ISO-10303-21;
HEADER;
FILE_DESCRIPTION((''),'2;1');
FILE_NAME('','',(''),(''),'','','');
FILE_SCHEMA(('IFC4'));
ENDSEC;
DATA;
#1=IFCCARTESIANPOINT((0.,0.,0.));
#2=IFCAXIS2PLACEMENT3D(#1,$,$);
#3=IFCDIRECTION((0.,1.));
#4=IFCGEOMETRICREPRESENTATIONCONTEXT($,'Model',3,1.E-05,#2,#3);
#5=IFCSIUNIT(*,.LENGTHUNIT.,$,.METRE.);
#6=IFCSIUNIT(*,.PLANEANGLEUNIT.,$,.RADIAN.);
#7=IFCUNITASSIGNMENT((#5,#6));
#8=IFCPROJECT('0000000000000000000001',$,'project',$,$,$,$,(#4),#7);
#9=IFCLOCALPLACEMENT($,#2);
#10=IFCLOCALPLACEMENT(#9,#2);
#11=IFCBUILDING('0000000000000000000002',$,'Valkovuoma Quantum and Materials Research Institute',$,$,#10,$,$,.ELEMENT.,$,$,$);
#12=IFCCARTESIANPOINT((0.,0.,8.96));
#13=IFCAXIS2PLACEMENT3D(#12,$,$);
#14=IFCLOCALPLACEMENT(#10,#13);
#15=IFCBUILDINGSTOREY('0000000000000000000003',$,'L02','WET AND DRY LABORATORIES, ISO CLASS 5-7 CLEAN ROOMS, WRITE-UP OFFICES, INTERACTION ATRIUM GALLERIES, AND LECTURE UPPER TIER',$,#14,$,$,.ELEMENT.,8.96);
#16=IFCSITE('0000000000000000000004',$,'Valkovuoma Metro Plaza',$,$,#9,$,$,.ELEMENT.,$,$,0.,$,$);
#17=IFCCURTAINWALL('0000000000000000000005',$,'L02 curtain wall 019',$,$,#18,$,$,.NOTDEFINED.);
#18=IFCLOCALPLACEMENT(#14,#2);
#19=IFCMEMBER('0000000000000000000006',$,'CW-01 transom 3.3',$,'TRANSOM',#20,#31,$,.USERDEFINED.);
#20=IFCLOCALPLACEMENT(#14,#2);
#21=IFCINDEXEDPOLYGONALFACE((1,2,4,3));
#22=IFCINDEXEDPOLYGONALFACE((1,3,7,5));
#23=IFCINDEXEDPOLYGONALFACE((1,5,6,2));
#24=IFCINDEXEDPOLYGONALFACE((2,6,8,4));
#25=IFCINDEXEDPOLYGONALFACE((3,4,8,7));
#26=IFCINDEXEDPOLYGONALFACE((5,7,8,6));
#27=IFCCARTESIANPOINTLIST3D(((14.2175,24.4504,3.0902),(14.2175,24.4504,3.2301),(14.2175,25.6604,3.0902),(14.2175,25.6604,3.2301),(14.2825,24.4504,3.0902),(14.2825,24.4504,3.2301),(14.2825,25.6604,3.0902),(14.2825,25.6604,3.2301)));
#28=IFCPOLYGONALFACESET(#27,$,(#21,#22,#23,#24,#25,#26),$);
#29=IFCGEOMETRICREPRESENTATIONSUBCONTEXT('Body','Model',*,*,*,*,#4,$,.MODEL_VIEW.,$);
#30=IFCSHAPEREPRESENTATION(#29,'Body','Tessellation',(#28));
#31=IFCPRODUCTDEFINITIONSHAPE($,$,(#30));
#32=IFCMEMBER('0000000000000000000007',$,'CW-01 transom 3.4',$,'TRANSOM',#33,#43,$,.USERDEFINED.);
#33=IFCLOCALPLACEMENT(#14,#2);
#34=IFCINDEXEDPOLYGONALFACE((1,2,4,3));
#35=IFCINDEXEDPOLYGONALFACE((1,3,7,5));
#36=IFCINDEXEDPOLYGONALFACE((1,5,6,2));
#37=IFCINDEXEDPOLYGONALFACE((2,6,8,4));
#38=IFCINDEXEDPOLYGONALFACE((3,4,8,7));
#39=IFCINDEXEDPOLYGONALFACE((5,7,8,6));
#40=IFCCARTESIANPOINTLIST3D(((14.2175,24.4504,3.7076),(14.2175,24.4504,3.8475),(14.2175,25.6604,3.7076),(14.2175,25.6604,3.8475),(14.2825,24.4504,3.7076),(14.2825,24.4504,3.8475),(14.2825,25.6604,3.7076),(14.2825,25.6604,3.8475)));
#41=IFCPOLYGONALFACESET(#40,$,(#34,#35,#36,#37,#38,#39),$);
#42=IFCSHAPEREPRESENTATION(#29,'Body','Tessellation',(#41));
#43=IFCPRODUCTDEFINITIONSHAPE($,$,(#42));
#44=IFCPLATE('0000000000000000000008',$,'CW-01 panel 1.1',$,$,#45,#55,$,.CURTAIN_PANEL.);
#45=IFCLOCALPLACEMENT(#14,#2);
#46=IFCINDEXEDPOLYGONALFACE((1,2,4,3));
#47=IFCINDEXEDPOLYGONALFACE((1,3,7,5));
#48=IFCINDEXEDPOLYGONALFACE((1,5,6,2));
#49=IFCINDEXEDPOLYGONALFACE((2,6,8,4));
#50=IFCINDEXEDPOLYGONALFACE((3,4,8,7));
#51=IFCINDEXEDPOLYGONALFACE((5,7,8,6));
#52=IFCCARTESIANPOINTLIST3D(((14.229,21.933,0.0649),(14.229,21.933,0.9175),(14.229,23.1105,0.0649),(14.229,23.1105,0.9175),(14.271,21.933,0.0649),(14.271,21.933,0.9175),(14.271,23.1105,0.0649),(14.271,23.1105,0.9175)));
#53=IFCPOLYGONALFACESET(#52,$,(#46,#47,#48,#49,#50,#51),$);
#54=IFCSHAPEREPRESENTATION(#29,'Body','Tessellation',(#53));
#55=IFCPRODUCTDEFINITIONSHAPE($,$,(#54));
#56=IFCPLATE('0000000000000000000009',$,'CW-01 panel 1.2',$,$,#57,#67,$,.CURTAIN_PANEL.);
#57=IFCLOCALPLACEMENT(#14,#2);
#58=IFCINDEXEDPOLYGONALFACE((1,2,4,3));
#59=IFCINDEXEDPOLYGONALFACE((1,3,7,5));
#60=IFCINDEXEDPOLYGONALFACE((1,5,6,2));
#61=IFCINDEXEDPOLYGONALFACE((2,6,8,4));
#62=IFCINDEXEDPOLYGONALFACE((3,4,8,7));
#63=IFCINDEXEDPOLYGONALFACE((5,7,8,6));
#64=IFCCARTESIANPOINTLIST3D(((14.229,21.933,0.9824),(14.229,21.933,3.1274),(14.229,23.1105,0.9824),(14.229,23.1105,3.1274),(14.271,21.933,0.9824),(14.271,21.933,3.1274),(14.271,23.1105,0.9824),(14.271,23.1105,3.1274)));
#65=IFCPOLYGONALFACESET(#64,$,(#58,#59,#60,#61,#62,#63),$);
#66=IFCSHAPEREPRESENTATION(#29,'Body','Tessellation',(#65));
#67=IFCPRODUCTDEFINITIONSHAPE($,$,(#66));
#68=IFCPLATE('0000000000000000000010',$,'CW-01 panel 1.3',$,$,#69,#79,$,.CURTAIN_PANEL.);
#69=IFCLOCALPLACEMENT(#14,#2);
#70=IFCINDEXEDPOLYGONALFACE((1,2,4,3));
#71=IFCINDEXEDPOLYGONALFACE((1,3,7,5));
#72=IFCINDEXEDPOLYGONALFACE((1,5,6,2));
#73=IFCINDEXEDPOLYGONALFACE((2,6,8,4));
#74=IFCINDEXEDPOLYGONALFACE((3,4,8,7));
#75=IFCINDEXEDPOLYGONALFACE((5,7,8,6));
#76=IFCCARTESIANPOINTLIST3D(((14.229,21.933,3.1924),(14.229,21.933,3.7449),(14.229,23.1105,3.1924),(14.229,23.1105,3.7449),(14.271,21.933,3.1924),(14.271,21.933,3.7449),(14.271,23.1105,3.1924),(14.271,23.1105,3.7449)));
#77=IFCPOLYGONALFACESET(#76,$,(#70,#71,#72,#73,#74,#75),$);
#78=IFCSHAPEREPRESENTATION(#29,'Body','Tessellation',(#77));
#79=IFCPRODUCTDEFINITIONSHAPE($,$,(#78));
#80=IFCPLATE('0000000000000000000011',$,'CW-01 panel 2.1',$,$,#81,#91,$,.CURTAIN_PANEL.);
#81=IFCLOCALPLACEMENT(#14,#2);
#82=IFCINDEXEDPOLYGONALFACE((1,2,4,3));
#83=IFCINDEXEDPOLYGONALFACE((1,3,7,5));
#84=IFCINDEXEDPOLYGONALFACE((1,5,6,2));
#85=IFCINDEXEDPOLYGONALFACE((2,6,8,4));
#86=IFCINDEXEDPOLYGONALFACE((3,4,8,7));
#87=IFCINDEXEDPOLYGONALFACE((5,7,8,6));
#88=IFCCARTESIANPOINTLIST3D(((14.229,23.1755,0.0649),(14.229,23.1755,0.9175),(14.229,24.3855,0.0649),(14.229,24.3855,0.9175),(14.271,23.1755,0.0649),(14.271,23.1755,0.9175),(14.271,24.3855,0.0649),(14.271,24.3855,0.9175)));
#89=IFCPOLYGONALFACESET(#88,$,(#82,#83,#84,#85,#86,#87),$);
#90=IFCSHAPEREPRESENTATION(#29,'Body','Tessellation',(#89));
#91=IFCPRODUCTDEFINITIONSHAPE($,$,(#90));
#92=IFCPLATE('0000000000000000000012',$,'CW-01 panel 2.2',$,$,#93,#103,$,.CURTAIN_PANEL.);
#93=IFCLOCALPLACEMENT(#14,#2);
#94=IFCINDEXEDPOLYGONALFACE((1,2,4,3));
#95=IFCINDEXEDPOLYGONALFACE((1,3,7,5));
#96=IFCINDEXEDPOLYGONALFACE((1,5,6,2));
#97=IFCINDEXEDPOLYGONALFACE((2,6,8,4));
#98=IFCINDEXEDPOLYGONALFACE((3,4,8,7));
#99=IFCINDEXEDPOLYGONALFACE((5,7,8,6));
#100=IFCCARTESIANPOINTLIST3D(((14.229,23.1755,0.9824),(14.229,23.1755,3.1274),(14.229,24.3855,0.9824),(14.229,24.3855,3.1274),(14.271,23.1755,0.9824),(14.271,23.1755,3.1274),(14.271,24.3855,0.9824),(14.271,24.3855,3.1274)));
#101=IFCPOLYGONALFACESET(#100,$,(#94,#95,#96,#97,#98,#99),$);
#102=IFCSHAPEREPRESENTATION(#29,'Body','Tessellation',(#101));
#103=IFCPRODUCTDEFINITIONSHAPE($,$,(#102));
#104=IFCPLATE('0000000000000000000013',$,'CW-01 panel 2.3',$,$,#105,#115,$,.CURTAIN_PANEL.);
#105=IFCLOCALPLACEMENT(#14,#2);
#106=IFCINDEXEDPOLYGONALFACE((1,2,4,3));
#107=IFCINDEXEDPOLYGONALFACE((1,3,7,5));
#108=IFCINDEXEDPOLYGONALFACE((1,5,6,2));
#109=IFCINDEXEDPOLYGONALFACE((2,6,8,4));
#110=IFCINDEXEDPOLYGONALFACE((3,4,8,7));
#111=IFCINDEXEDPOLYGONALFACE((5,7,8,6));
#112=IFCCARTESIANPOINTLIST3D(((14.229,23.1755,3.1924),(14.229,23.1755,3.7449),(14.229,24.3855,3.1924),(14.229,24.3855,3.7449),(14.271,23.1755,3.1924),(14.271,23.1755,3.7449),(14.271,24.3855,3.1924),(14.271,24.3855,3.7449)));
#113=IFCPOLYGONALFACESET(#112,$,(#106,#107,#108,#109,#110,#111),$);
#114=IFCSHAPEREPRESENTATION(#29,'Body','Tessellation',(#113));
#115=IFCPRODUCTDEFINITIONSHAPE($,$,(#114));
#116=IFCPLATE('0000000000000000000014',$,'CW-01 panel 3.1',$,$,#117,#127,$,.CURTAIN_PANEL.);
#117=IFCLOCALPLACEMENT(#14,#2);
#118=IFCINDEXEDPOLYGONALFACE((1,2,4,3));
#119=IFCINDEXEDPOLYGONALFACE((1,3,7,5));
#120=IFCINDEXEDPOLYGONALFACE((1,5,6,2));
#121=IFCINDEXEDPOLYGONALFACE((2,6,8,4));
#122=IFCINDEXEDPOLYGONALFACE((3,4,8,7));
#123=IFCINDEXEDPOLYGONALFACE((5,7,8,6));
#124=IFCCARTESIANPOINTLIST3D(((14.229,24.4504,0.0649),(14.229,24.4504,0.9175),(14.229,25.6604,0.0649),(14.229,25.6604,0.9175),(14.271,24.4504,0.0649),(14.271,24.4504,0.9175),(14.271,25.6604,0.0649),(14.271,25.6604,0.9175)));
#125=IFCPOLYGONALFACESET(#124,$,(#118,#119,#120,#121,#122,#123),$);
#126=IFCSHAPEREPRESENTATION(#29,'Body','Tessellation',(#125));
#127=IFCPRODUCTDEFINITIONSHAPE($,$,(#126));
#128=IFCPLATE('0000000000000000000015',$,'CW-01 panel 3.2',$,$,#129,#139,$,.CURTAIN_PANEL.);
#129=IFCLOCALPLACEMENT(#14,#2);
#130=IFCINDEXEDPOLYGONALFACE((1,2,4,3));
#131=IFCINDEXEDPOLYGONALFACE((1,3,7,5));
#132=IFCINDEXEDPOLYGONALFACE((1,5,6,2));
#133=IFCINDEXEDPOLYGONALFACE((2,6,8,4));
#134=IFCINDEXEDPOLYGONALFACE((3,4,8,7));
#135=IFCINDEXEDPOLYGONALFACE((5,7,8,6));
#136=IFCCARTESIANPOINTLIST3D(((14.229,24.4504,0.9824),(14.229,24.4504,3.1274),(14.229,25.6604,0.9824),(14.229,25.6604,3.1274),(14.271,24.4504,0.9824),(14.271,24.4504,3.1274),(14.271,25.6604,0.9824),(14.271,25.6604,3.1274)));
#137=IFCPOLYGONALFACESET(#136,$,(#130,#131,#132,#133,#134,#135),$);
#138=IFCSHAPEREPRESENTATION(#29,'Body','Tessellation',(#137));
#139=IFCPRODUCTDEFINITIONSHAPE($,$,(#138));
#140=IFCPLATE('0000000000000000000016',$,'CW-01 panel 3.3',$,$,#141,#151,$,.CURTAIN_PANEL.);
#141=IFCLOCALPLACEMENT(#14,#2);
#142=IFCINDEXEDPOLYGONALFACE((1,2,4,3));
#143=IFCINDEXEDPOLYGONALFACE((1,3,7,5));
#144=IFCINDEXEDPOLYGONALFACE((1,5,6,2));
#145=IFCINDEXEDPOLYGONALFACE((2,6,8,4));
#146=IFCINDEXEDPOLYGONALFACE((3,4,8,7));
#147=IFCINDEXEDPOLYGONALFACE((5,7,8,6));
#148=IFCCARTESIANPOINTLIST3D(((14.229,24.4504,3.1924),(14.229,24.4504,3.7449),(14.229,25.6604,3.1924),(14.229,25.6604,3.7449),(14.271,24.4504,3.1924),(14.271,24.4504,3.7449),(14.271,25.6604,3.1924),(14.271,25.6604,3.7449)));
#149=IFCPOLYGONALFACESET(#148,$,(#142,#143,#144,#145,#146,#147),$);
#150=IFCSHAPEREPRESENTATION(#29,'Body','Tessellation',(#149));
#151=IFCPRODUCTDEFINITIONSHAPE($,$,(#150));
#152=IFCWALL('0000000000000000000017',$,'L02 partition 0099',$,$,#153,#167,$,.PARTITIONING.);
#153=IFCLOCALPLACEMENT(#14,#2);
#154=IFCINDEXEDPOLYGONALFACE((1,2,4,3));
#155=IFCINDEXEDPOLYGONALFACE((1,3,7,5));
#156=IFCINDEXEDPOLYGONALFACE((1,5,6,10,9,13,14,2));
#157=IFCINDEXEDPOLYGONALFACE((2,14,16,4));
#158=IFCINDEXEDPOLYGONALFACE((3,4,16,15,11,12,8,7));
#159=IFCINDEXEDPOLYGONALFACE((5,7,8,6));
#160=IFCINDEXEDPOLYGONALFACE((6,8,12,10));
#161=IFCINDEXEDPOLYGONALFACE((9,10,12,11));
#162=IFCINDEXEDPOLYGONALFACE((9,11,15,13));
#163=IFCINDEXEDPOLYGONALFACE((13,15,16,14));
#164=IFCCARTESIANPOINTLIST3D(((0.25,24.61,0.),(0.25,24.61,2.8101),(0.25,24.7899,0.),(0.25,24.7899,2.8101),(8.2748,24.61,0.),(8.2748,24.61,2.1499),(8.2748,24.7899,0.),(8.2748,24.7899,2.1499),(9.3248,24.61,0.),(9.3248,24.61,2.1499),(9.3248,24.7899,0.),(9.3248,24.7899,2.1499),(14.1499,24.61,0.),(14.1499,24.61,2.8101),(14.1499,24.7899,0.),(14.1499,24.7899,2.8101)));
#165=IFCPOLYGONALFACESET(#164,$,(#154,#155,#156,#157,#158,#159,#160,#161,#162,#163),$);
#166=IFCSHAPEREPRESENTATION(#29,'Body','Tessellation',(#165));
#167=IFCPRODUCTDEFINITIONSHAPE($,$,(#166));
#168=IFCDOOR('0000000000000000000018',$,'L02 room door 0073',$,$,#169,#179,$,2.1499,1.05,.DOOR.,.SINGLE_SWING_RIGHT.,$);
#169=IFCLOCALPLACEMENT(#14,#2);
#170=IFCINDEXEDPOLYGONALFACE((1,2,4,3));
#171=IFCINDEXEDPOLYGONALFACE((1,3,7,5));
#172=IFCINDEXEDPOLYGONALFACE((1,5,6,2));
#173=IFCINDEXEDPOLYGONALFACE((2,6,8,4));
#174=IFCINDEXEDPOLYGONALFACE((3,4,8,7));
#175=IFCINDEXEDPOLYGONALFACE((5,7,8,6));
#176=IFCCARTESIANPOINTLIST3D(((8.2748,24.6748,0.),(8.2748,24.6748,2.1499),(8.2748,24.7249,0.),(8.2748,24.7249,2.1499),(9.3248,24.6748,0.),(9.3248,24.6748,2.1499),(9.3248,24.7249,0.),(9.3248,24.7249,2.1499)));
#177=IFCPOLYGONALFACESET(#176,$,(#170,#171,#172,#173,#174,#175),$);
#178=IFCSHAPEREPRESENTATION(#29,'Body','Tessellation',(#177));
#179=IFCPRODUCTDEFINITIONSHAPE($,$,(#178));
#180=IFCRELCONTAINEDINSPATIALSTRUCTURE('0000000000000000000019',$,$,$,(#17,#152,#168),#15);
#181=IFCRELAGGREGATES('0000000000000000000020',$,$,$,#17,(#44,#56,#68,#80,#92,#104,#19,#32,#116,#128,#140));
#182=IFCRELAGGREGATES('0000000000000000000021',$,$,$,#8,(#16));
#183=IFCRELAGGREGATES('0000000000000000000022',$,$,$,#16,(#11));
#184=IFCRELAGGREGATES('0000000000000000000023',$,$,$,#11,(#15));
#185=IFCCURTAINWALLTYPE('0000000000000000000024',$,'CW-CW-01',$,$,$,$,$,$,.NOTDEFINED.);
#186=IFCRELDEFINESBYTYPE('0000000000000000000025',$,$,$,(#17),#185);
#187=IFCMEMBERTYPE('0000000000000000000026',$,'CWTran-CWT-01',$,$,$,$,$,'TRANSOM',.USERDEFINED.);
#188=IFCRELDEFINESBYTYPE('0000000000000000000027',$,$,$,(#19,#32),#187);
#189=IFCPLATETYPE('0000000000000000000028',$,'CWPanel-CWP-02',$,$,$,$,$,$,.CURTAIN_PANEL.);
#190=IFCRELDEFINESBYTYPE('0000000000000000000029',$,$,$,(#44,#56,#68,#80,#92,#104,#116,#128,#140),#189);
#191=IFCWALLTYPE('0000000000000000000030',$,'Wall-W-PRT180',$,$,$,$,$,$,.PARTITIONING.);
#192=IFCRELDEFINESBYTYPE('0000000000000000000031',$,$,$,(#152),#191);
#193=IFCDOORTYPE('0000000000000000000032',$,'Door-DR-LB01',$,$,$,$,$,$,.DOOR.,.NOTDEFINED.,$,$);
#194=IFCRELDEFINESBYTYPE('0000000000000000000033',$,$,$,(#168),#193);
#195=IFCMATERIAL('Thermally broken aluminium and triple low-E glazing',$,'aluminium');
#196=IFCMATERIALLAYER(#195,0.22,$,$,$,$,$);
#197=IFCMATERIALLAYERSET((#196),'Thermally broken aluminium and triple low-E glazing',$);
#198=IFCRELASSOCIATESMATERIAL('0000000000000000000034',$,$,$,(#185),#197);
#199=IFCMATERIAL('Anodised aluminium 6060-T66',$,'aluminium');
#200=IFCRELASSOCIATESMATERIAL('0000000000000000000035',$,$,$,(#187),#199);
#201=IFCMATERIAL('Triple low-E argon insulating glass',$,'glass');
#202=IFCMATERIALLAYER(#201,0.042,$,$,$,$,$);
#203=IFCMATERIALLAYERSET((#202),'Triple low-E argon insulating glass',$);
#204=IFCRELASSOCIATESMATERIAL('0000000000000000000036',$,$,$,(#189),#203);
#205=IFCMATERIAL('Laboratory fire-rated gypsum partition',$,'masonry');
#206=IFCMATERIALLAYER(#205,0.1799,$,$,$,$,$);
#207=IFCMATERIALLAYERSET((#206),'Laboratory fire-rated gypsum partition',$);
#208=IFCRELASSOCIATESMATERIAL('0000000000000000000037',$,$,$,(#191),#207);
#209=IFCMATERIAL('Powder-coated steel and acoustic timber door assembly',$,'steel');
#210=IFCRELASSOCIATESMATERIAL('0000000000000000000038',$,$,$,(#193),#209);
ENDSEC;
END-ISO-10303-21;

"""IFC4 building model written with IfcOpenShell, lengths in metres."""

from ifc_helpers import new_model, si_unit, direction, frame, frame_2d, origin, origin_2d, place, context, subcontext, project, spatial, rectangle, extrude, material, layer, layer_set, material_profile, profile_set, type_object, element, fill, aggregate, save


model = new_model("IFC4")

# Units and contexts
model_context = context("Model", 3, precision=1e-05, world=origin(), true_north=direction((0.0, 1.0)))
body_context = subcontext(model_context, "Body", "Model", "MODEL_VIEW")
ifc_project = project(units=[si_unit("LENGTHUNIT", "METRE"), si_unit("PLANEANGLEUNIT", "RADIAN")], contexts=[model_context])

# Site, building, storey
site_placement = place(None, origin())
site = spatial("IfcSite", under=ifc_project, at=site_placement, Name="Valkovuoma Metro Plaza", CompositionType="ELEMENT", RefElevation=0.0)
building_placement = place(site_placement, origin())
building = spatial("IfcBuilding", under=site, at=building_placement, Name="Valkovuoma Quantum and Materials Research Institute", CompositionType="ELEMENT")
storey_placement = place(building_placement, frame((0.0, 0.0, 8.96)))
storey = spatial("IfcBuildingStorey", under=building, at=storey_placement, Name="L02", Description="WET AND DRY LABORATORIES, ISO CLASS 5-7 CLEAN ROOMS, WRITE-UP OFFICES, INTERACTION ATRIUM GALLERIES, AND LECTURE UPPER TIER", CompositionType="ELEMENT", Elevation=8.96)

# Shared definitions
ifc_material_1 = material(Name="Thermally broken aluminium and triple low-E glazing", Category="aluminium")
ifc_layer_1 = layer(ifc_material_1, 0.22)
ifc_layer_set_1 = layer_set([ifc_layer_1], Name="Thermally broken aluminium and triple low-E glazing")
curtain_wall_type = type_object("IfcCurtainWallType", Name="CW-CW-01", PredefinedType="NOTDEFINED", material=ifc_layer_set_1)

# Curtain wall
curtain_wall_1_placement = place(storey_placement, origin())
curtain_wall_1 = element("IfcCurtainWall", 1, at=curtain_wall_1_placement, inside=storey, type_object=curtain_wall_type, Name="L02 curtain wall 019", PredefinedType="NOTDEFINED")

# Members
ifc_material_2 = material(Name="Anodised aluminium 6060-T66", Category="aluminium")
ifc_material_profile_1 = material_profile(ifc_material_2, rectangle(XDim=0.0649, YDim=0.1399, at=origin_2d()), Name="Anodised aluminium 6060-T66")
ifc_profile_set_1 = profile_set([ifc_material_profile_1], Name="Anodised aluminium 6060-T66")
member_type_1 = type_object("IfcMemberType", Name="CWTran-CWT-01", ElementType="TRANSOM", PredefinedType="USERDEFINED", material=ifc_profile_set_1)
member_1_placement = place(storey_placement, frame((14.25, 24.4504, 3.1602), z_axis=(0.0, 1.0, 0.0), x_axis=(-1.0, 0.0, 0.0)))
member_1 = element("IfcMember", 2, at=member_1_placement, type_object=member_type_1, Name="CW-01 transom 3.3", ObjectType="TRANSOM", PredefinedType="USERDEFINED", context=body_context, shape_type="SweptSolid", body=[
    extrude(rectangle(XDim=0.0649, YDim=0.1399, at=origin_2d()), origin(), (0.0, 0.0, 1.0), 1.21),
])
member_2_placement = place(storey_placement, frame((14.25, 24.4504, 3.7776), z_axis=(0.0, 1.0, 0.0), x_axis=(-1.0, 0.0, 0.0)))
member_2 = element("IfcMember", 3, at=member_2_placement, type_object=member_type_1, Name="CW-01 transom 3.4", ObjectType="TRANSOM", PredefinedType="USERDEFINED", context=body_context, shape_type="SweptSolid", body=[
    extrude(rectangle(XDim=0.0649, YDim=0.1399, at=origin_2d()), origin(), (0.0, 0.0, 1.0), 1.21),
])

# Plates
ifc_material_3 = material(Name="Triple low-E argon insulating glass", Category="glass")
ifc_layer_2 = layer(ifc_material_3, 0.042)
ifc_layer_set_2 = layer_set([ifc_layer_2], Name="Triple low-E argon insulating glass")
plate_type = type_object("IfcPlateType", Name="CWPanel-CWP-02", PredefinedType="CURTAIN_PANEL", material=ifc_layer_set_2)
plate_1_placement = place(storey_placement, frame((14.25, 22.5217, 0.0649), z_axis=(0.0, 0.0, 1.0), x_axis=(0.0, 1.0, 0.0)))
plate_1 = element("IfcPlate", 4, at=plate_1_placement, type_object=plate_type, Name="CW-01 panel 1.1", PredefinedType="CURTAIN_PANEL", context=body_context, shape_type="SweptSolid", body=[
    extrude(rectangle(XDim=1.1775, YDim=0.042, at=origin_2d()), origin(), (0.0, 0.0, 1.0), 0.8525),
])
plate_2_placement = place(storey_placement, frame((14.25, 22.5217, 0.9824), z_axis=(0.0, 0.0, 1.0), x_axis=(0.0, 1.0, 0.0)))
plate_2 = element("IfcPlate", 5, at=plate_2_placement, type_object=plate_type, Name="CW-01 panel 1.2", PredefinedType="CURTAIN_PANEL", context=body_context, shape_type="SweptSolid", body=[
    extrude(rectangle(XDim=1.1775, YDim=0.042, at=origin_2d()), origin(), (0.0, 0.0, 1.0), 2.145),
])
plate_3_placement = place(storey_placement, frame((14.25, 22.5217, 3.1924), z_axis=(0.0, 0.0, 1.0), x_axis=(0.0, 1.0, 0.0)))
plate_3 = element("IfcPlate", 6, at=plate_3_placement, type_object=plate_type, Name="CW-01 panel 1.3", PredefinedType="CURTAIN_PANEL", context=body_context, shape_type="SweptSolid", body=[
    extrude(rectangle(XDim=1.1775, YDim=0.042, at=origin_2d()), origin(), (0.0, 0.0, 1.0), 0.5525),
])
plate_4_placement = place(storey_placement, frame((14.25, 23.7805, 0.0649), z_axis=(0.0, 0.0, 1.0), x_axis=(0.0, 1.0, 0.0)))
plate_4 = element("IfcPlate", 7, at=plate_4_placement, type_object=plate_type, Name="CW-01 panel 2.1", PredefinedType="CURTAIN_PANEL", context=body_context, shape_type="SweptSolid", body=[
    extrude(rectangle(XDim=1.21, YDim=0.042, at=origin_2d()), origin(), (0.0, 0.0, 1.0), 0.8525),
])
plate_5_placement = place(storey_placement, frame((14.25, 23.7805, 0.9824), z_axis=(0.0, 0.0, 1.0), x_axis=(0.0, 1.0, 0.0)))
plate_5 = element("IfcPlate", 8, at=plate_5_placement, type_object=plate_type, Name="CW-01 panel 2.2", PredefinedType="CURTAIN_PANEL", context=body_context, shape_type="SweptSolid", body=[
    extrude(rectangle(XDim=1.21, YDim=0.042, at=origin_2d()), origin(), (0.0, 0.0, 1.0), 2.145),
])
plate_6_placement = place(storey_placement, frame((14.25, 23.7805, 3.1924), z_axis=(0.0, 0.0, 1.0), x_axis=(0.0, 1.0, 0.0)))
plate_6 = element("IfcPlate", 9, at=plate_6_placement, type_object=plate_type, Name="CW-01 panel 2.3", PredefinedType="CURTAIN_PANEL", context=body_context, shape_type="SweptSolid", body=[
    extrude(rectangle(XDim=1.21, YDim=0.042, at=origin_2d()), origin(), (0.0, 0.0, 1.0), 0.5525),
])
plate_7_placement = place(storey_placement, frame((14.25, 25.0554, 0.0649), z_axis=(0.0, 0.0, 1.0), x_axis=(0.0, 1.0, 0.0)))
plate_7 = element("IfcPlate", 10, at=plate_7_placement, type_object=plate_type, Name="CW-01 panel 3.1", PredefinedType="CURTAIN_PANEL", context=body_context, shape_type="SweptSolid", body=[
    extrude(rectangle(XDim=1.21, YDim=0.042, at=origin_2d()), origin(), (0.0, 0.0, 1.0), 0.8525),
])
plate_8_placement = place(storey_placement, frame((14.25, 25.0554, 0.9824), z_axis=(0.0, 0.0, 1.0), x_axis=(0.0, 1.0, 0.0)))
plate_8 = element("IfcPlate", 11, at=plate_8_placement, type_object=plate_type, Name="CW-01 panel 3.2", PredefinedType="CURTAIN_PANEL", context=body_context, shape_type="SweptSolid", body=[
    extrude(rectangle(XDim=1.21, YDim=0.042, at=origin_2d()), origin(), (0.0, 0.0, 1.0), 2.145),
])
plate_9_placement = place(storey_placement, frame((14.25, 25.0554, 3.1924), z_axis=(0.0, 0.0, 1.0), x_axis=(0.0, 1.0, 0.0)))
plate_9 = element("IfcPlate", 12, at=plate_9_placement, type_object=plate_type, Name="CW-01 panel 3.3", PredefinedType="CURTAIN_PANEL", context=body_context, shape_type="SweptSolid", body=[
    extrude(rectangle(XDim=1.21, YDim=0.042, at=origin_2d()), origin(), (0.0, 0.0, 1.0), 0.5525),
])
aggregate(curtain_wall_1, [plate_1, plate_2, plate_3, plate_4, plate_5, plate_6, member_1, member_2, plate_7, plate_8, plate_9])

# Wall, opening, door
ifc_material_4 = material(Name="Laboratory fire-rated gypsum partition", Category="masonry")
ifc_layer_3 = layer(ifc_material_4, 0.1799)
ifc_layer_set_3 = layer_set([ifc_layer_3], Name="Laboratory fire-rated gypsum partition")
wall_type = type_object("IfcWallType", Name="Wall-W-PRT180", PredefinedType="PARTITIONING", material=ifc_layer_set_3)
wall_1_placement = place(storey_placement, frame((0.25, 24.7, 0.0), z_axis=(0.0, 0.0, 1.0), x_axis=(1.0, 0.0, 0.0)))
wall_1 = element("IfcWall", 13, at=wall_1_placement, inside=storey, type_object=wall_type, Name="L02 partition 0099", PredefinedType="PARTITIONING", context=body_context, shape_type="SweptSolid", body=[
    extrude(rectangle(XDim=13.8999, YDim=0.1799, at=frame_2d((6.95, 0.0))), origin(), (0.0, 0.0, 1.0), 2.8101),
])
opening_1_placement = place(wall_1_placement, frame((8.0249, 0.0, 0.0)))
opening_1 = element("IfcOpeningElement", 14, at=opening_1_placement, cuts=wall_1, PredefinedType="OPENING", context=body_context, shape_type="SweptSolid", body=[
    extrude(rectangle(XDim=1.05, YDim=2.1499, at=frame_2d((0.5249, 1.075))), frame((0.0, 0.1001, 0.0), z_axis=(0.0, -1.0, 0.0), x_axis=(1.0, 0.0, 0.0)), (0.0, 0.0, 1.0), 0.2),
])
ifc_material_5 = material(Name="Powder-coated steel and acoustic timber door assembly", Category="steel")
door_type_1 = type_object("IfcDoorType", Name="Door-DR-LB01", OperationType="NOTDEFINED", PredefinedType="DOOR", material=ifc_material_5)
door_1_placement = place(opening_1_placement, origin())
door_1 = element("IfcDoor", 15, at=door_1_placement, inside=storey, type_object=door_type_1, Name="L02 room door 0073", OperationType="SINGLE_SWING_RIGHT", OverallHeight=2.1499, OverallWidth=1.05, PredefinedType="DOOR", context=body_context, shape_type="SweptSolid", body=[
    extrude(rectangle(XDim=1.05, YDim=2.1499, at=frame_2d((0.5249, 1.075))), frame((0.0, 0.0249, 0.0), z_axis=(0.0, -1.0, 0.0), x_axis=(1.0, 0.0, 0.0)), (0.0, 0.0, 1.0), 0.05),
])
fill(opening_1, door_1)

save(model, "model.ifc")
